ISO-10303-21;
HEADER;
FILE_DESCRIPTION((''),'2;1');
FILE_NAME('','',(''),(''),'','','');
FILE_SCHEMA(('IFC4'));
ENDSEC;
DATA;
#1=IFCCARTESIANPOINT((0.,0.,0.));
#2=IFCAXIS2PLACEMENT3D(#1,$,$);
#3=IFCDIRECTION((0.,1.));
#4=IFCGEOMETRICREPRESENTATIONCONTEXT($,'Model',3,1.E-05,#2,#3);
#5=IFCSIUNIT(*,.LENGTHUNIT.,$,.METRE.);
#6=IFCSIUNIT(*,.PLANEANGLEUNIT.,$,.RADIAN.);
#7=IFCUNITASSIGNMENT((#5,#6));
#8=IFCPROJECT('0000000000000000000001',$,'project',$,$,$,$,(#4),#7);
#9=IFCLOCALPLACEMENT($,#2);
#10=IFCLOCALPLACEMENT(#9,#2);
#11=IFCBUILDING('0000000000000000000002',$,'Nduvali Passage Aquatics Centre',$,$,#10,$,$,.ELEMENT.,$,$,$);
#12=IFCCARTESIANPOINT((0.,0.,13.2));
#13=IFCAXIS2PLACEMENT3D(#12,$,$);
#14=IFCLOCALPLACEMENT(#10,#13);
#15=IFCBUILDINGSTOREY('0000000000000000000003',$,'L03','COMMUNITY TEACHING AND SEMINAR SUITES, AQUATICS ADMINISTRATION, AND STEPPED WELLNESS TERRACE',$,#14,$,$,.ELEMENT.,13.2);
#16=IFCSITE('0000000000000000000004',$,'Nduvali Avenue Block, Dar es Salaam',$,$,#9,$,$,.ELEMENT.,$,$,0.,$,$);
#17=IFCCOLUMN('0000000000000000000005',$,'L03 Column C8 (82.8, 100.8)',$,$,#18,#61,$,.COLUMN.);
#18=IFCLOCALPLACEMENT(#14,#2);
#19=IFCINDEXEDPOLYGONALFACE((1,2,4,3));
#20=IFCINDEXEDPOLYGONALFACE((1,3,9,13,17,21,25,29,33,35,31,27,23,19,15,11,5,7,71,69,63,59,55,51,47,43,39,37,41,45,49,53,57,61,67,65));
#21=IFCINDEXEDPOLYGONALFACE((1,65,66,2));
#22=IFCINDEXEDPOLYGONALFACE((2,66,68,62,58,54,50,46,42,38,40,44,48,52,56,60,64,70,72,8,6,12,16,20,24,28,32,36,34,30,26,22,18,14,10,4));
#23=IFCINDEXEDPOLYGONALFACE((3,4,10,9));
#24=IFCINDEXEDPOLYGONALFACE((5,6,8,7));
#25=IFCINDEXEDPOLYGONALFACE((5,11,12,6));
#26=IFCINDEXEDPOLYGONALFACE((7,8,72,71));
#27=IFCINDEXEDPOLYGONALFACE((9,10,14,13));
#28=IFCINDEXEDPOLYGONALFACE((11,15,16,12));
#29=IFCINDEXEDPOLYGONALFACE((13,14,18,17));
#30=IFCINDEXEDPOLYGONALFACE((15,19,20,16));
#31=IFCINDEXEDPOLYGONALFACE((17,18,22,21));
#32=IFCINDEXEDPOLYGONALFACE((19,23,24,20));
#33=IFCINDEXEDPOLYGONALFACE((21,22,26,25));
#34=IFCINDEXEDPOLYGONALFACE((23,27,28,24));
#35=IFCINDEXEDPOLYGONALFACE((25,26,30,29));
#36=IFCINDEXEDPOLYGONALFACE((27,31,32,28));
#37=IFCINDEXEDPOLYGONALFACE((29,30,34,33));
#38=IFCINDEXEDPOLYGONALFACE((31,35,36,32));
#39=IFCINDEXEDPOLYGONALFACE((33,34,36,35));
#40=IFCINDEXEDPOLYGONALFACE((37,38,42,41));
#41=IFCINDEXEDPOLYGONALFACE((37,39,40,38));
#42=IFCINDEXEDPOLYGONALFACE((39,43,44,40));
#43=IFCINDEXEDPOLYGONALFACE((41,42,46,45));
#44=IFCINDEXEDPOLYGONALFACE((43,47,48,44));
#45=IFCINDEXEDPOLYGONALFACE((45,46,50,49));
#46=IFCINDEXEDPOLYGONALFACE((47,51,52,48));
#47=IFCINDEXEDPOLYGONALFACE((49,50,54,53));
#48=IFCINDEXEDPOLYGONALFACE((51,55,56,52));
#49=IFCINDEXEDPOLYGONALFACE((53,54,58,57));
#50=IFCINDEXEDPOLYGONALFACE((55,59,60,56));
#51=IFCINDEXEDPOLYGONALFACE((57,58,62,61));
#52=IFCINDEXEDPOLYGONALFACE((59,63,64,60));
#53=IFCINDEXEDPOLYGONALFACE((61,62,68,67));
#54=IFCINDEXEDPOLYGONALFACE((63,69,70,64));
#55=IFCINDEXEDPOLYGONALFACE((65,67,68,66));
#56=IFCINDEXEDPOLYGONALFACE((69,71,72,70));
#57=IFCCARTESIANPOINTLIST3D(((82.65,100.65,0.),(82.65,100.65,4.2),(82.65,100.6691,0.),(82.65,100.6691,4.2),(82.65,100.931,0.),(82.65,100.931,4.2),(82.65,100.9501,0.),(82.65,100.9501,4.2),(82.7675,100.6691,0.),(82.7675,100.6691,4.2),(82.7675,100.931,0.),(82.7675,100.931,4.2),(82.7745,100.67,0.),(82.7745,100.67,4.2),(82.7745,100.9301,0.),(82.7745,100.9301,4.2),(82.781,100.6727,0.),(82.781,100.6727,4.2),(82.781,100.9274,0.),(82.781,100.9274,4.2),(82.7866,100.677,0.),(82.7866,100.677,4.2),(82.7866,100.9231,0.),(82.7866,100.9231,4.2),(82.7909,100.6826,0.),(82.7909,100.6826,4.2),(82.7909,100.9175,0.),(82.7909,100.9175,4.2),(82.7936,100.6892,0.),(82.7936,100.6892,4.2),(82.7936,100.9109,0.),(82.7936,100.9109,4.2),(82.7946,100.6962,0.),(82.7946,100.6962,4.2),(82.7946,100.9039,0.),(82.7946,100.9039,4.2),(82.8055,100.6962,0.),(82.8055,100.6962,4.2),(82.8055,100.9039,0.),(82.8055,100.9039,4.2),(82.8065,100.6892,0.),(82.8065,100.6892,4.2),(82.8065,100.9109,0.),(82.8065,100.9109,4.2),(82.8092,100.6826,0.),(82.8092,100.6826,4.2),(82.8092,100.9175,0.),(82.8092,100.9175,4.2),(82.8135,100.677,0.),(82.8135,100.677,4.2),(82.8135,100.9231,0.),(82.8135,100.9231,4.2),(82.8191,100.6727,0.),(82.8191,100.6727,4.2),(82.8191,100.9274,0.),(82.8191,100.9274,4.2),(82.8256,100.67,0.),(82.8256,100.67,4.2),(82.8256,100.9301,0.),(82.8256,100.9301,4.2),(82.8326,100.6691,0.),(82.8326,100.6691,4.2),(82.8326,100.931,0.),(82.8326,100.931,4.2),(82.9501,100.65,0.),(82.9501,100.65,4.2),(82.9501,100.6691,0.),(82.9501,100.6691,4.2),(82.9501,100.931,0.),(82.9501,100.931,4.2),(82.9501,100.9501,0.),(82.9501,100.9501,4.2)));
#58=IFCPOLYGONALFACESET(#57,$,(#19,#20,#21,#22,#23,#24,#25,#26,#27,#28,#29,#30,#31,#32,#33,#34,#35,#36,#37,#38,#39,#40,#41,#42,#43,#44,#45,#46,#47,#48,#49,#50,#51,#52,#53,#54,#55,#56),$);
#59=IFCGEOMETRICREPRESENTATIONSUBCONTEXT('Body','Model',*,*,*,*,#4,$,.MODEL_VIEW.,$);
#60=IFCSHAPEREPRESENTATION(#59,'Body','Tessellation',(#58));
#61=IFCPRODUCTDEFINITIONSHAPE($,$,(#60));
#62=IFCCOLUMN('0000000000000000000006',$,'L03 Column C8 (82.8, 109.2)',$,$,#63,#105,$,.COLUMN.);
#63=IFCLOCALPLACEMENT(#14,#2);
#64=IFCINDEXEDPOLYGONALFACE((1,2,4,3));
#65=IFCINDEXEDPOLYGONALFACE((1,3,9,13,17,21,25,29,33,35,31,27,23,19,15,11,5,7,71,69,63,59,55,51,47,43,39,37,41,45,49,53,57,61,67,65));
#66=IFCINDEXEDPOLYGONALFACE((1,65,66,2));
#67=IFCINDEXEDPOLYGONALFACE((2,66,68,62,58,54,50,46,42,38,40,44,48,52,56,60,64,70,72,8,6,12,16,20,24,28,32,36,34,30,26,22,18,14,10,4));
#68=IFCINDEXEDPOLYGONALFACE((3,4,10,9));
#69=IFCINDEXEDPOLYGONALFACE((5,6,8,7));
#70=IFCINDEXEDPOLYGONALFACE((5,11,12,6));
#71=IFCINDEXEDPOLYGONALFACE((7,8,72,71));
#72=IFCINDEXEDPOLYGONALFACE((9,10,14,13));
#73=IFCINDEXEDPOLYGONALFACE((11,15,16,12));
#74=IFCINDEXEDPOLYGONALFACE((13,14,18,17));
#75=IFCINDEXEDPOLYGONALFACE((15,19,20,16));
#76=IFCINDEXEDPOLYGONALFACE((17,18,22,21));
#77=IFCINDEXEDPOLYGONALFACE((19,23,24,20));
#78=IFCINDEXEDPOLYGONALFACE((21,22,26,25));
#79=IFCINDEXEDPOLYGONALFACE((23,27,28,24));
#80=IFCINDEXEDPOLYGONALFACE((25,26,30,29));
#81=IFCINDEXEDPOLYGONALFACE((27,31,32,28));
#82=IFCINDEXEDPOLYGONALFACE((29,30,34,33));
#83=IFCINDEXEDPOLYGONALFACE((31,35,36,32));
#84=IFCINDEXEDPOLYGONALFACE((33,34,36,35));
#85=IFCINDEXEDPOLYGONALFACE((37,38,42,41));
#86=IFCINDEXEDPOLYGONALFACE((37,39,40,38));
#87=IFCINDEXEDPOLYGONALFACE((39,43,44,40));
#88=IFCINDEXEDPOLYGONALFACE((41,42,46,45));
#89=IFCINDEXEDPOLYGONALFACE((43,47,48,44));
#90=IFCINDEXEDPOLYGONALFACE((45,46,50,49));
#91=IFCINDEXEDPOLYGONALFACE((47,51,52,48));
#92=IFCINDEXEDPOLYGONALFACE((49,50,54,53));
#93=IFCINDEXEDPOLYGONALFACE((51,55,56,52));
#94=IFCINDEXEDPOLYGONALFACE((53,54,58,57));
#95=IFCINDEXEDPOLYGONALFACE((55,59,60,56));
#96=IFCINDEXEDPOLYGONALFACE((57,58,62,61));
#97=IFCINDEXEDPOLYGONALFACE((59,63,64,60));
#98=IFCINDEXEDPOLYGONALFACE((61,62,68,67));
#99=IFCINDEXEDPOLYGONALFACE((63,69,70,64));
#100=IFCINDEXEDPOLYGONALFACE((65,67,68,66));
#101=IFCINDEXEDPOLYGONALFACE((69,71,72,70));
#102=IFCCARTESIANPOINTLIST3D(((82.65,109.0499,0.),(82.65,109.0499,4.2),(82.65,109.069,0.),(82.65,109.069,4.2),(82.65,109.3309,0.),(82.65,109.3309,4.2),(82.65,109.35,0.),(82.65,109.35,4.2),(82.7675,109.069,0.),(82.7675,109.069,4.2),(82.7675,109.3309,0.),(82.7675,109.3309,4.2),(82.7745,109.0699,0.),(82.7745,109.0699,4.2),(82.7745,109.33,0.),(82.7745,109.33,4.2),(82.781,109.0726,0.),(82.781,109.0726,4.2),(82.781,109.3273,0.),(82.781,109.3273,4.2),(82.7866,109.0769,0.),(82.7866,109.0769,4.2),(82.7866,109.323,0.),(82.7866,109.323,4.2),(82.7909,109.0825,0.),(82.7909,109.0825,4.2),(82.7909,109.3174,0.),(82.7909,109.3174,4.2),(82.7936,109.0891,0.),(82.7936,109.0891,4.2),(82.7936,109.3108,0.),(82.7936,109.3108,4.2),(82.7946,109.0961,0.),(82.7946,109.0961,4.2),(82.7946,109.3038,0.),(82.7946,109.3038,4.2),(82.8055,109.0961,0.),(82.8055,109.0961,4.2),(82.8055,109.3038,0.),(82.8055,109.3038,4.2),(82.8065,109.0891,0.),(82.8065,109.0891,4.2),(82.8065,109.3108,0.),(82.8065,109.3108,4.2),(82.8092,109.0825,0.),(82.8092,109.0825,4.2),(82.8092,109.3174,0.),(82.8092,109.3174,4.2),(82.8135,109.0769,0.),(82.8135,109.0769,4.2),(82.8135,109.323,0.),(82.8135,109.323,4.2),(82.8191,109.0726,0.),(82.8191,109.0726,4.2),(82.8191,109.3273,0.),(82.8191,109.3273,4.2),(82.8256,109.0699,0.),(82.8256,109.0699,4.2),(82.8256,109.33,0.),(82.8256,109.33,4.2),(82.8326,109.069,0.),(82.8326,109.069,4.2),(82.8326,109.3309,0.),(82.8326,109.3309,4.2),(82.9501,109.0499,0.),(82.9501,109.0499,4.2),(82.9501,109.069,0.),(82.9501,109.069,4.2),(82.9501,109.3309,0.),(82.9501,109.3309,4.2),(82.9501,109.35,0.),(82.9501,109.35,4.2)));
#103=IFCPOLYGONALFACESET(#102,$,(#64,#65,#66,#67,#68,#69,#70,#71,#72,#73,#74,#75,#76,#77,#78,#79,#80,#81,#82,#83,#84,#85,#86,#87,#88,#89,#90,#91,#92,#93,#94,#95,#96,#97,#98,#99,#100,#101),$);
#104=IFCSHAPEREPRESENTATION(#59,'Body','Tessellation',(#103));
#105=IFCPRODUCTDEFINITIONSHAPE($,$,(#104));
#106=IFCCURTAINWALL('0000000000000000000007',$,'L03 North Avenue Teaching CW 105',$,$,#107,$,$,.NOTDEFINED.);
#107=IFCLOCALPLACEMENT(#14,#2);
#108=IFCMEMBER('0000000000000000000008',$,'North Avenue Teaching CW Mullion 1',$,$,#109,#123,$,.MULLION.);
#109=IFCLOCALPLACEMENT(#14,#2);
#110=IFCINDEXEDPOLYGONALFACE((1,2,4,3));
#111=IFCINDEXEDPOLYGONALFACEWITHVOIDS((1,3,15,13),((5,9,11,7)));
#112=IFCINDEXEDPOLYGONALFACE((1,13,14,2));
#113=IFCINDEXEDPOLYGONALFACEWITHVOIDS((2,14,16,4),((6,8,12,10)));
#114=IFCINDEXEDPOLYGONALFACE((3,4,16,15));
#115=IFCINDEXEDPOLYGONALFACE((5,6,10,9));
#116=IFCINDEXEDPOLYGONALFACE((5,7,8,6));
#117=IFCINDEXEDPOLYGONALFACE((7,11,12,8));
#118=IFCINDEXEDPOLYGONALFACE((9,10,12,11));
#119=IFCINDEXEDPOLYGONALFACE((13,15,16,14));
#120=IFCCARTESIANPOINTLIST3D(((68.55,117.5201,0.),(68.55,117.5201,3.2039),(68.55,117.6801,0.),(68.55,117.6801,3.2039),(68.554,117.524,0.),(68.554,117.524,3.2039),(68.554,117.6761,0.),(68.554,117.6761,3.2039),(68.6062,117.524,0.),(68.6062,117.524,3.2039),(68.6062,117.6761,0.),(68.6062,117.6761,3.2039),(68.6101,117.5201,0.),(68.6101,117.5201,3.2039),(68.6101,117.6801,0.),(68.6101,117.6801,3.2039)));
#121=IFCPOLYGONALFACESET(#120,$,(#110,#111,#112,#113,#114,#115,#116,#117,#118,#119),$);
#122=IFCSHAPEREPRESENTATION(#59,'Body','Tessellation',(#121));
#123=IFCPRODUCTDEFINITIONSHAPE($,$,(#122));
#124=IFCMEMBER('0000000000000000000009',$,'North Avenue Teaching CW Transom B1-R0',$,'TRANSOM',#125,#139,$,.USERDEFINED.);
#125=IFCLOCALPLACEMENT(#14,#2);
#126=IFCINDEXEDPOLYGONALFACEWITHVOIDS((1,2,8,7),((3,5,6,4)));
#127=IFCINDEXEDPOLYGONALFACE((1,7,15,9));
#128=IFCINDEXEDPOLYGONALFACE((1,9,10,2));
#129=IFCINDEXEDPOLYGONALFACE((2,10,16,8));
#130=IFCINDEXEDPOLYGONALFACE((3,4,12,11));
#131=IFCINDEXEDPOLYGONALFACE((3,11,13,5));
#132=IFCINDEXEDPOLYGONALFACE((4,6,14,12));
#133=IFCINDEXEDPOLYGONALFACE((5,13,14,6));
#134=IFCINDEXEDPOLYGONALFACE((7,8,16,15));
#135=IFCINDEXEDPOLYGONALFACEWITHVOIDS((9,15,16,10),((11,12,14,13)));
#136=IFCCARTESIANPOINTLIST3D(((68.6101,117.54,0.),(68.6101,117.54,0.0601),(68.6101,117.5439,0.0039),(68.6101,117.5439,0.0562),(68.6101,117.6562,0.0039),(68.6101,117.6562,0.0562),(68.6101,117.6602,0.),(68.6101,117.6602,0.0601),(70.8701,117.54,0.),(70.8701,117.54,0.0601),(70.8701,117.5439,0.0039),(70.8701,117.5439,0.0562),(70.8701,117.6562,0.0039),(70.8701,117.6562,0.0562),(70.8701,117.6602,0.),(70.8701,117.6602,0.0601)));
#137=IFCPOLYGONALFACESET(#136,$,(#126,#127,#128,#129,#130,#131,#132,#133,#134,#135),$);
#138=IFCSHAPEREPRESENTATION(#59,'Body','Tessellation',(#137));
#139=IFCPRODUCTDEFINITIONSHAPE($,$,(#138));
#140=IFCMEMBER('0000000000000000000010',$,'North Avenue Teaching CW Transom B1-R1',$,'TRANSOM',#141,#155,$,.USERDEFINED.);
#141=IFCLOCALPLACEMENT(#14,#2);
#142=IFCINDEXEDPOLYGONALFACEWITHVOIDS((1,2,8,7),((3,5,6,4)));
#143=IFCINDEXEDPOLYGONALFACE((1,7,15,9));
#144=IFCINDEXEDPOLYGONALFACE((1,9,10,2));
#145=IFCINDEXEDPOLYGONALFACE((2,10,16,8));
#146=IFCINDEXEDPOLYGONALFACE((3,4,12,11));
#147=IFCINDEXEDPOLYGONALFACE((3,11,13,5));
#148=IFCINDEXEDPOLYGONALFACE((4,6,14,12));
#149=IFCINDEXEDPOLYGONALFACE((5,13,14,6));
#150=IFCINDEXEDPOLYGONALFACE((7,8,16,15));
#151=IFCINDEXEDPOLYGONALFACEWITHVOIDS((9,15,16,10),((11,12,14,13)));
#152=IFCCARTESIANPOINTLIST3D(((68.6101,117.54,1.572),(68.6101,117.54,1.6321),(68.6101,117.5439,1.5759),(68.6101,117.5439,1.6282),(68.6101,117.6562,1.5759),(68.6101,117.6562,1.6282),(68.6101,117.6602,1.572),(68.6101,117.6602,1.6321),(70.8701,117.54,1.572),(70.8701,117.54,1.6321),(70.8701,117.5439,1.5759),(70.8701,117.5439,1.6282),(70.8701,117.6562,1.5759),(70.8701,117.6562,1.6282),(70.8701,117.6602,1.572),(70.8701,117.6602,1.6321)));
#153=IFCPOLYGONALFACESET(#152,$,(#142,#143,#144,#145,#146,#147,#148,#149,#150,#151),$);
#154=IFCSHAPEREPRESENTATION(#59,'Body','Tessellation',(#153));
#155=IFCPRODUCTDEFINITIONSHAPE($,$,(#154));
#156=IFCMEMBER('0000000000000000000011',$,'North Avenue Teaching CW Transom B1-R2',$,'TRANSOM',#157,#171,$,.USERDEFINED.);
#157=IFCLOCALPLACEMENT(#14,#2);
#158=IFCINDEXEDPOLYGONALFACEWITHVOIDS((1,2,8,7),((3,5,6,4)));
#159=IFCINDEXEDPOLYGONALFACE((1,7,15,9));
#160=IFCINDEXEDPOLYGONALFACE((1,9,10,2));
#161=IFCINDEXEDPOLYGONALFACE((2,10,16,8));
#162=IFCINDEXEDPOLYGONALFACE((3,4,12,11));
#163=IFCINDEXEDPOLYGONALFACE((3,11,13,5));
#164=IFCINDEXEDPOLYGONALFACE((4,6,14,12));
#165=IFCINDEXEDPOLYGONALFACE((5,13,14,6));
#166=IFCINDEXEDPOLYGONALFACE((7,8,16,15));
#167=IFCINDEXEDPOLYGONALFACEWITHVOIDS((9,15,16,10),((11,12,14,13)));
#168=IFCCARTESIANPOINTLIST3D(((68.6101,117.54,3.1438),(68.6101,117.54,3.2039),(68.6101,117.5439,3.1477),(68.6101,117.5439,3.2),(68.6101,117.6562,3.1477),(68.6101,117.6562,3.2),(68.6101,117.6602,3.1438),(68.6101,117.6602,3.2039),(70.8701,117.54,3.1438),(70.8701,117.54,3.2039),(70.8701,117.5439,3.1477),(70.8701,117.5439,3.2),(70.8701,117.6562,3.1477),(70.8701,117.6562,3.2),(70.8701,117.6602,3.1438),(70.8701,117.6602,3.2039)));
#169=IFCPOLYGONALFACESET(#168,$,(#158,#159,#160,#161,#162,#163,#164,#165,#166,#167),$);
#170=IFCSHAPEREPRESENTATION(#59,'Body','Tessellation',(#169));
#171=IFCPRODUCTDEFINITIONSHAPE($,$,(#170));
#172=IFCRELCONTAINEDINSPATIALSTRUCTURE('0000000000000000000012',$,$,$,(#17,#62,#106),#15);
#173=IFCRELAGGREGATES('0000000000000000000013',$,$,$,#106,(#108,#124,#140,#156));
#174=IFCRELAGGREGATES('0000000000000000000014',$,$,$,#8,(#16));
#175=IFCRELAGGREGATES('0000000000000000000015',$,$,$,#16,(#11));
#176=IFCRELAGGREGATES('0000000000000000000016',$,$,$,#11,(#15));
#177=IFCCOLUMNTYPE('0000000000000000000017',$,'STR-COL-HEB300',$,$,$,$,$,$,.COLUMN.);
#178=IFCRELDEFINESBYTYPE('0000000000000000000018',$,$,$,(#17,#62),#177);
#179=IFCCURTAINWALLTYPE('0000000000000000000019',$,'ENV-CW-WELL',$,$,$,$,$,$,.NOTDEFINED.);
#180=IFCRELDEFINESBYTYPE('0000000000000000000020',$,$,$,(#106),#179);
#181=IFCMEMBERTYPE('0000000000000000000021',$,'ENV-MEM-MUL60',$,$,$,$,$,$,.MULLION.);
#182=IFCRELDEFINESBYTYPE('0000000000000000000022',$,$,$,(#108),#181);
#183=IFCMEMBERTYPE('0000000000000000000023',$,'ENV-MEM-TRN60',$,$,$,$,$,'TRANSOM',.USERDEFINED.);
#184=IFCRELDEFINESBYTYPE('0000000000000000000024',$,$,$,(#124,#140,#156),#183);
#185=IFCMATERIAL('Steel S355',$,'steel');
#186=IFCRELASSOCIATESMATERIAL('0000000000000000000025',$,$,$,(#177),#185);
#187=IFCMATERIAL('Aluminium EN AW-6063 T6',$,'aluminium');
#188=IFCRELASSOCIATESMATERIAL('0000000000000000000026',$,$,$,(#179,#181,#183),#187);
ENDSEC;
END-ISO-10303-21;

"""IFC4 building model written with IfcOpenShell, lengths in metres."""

from ifc_helpers import new_model, si_unit, direction, frame, origin, origin_2d, place, context, subcontext, project, spatial, hollow_rectangle, i_section, extrude, material, material_profile, profile_set, type_object, element, aggregate, save


model = new_model("IFC4")

# Units and contexts
model_context = context("Model", 3, precision=1e-05, world=origin(), true_north=direction((0.0, 1.0)))
body_context = subcontext(model_context, "Body", "Model", "MODEL_VIEW")
ifc_project = project(units=[si_unit("LENGTHUNIT", "METRE"), si_unit("PLANEANGLEUNIT", "RADIAN")], contexts=[model_context])

# Site, building, storey
site_placement = place(None, origin())
site = spatial("IfcSite", under=ifc_project, at=site_placement, Name="Nduvali Avenue Block, Dar es Salaam", CompositionType="ELEMENT", RefElevation=0.0)
building_placement = place(site_placement, origin())
building = spatial("IfcBuilding", under=site, at=building_placement, Name="Nduvali Passage Aquatics Centre", CompositionType="ELEMENT")
storey_placement = place(building_placement, frame((0.0, 0.0, 13.2)))
storey = spatial("IfcBuildingStorey", under=building, at=storey_placement, Name="L03", Description="COMMUNITY TEACHING AND SEMINAR SUITES, AQUATICS ADMINISTRATION, AND STEPPED WELLNESS TERRACE", CompositionType="ELEMENT", Elevation=13.2)

# Columns
ifc_material_1 = material(Name="Steel S355", Category="steel")
ifc_material_profile_1 = material_profile(ifc_material_1, i_section(OverallWidth=0.3, OverallDepth=0.3, WebThickness=0.011, FlangeThickness=0.019, FilletRadius=0.0271, at=origin_2d()), Name="HEB 300")
ifc_profile_set_1 = profile_set([ifc_material_profile_1], Name="Steel S355")
column_type = type_object("IfcColumnType", Name="STR-COL-HEB300", PredefinedType="COLUMN", material=ifc_profile_set_1)
for number, where, z_axis, x_axis, name in (
    (1, (82.8, 100.8, 0.0), (0.0, 0.0, 1.0), (1.0, 0.0, 0.0), "L03 Column C8 (82.8, 100.8)"),
    (2, (82.8, 109.2, 0.0), (0.0, 0.0, 1.0), (1.0, 0.0, 0.0), "L03 Column C8 (82.8, 109.2)"),
):
    element("IfcColumn", number, at=place(storey_placement, frame(where, z_axis=z_axis, x_axis=x_axis)), inside=storey, type_object=column_type, Name=name, PredefinedType="COLUMN", context=body_context, shape_type="SweptSolid", body=[
        extrude(i_section(OverallWidth=0.3, OverallDepth=0.3, WebThickness=0.011, FlangeThickness=0.019, FilletRadius=0.0271, at=origin_2d()), origin(), (0.0, 0.0, 1.0), 4.2),
    ])

# Curtain wall, members
ifc_material_2 = material(Name="Aluminium EN AW-6063 T6", Category="aluminium")
curtain_wall_type = type_object("IfcCurtainWallType", Name="ENV-CW-WELL", PredefinedType="NOTDEFINED", material=ifc_material_2)
curtain_wall_placement = place(storey_placement, origin())
curtain_wall = element("IfcCurtainWall", 3, at=curtain_wall_placement, inside=storey, type_object=curtain_wall_type, Name="L03 North Avenue Teaching CW 105", PredefinedType="NOTDEFINED")
ifc_material_profile_2 = material_profile(ifc_material_2, hollow_rectangle(XDim=0.0601, YDim=0.1599, WallThickness=0.0039, at=origin_2d()), Name="ALU MULLION 60x160x4")
ifc_profile_set_2 = profile_set([ifc_material_profile_2], Name="Aluminium EN AW-6063 T6")
member_type_1 = type_object("IfcMemberType", Name="ENV-MEM-MUL60", PredefinedType="MULLION", material=ifc_profile_set_2)
member_1_placement = place(storey_placement, frame((68.5801, 117.6001, 0.0), z_axis=(0.0, 0.0, 1.0), x_axis=(1.0, 0.0, 0.0)))
member_1 = element("IfcMember", 4, at=member_1_placement, type_object=member_type_1, Name="North Avenue Teaching CW Mullion 1", PredefinedType="MULLION", context=body_context, shape_type="SweptSolid", body=[
    extrude(hollow_rectangle(XDim=0.0601, YDim=0.1599, WallThickness=0.0039, at=origin_2d()), origin(), (0.0, 0.0, 1.0), 3.2039),
])
ifc_material_profile_3 = material_profile(ifc_material_2, hollow_rectangle(XDim=0.1201, YDim=0.0601, WallThickness=0.0039, at=origin_2d()), Name="ALU TRANSOM 120x60x4")
ifc_profile_set_3 = profile_set([ifc_material_profile_3], Name="Aluminium EN AW-6063 T6")
member_type_2 = type_object("IfcMemberType", Name="ENV-MEM-TRN60", ElementType="TRANSOM", PredefinedType="USERDEFINED", material=ifc_profile_set_3)
member_2_placement = place(storey_placement, frame((68.6101, 117.6001, 0.03), z_axis=(1.0, 0.0, 0.0), x_axis=(0.0, 1.0, 0.0)))
member_2 = element("IfcMember", 5, at=member_2_placement, type_object=member_type_2, Name="North Avenue Teaching CW Transom B1-R0", ObjectType="TRANSOM", PredefinedType="USERDEFINED", context=body_context, shape_type="SweptSolid", body=[
    extrude(hollow_rectangle(XDim=0.1201, YDim=0.0601, WallThickness=0.0039, at=origin_2d()), origin(), (0.0, 0.0, 1.0), 2.26),
])
member_3_placement = place(storey_placement, frame((68.6101, 117.6001, 1.6021), z_axis=(1.0, 0.0, 0.0), x_axis=(0.0, 1.0, 0.0)))
member_3 = element("IfcMember", 6, at=member_3_placement, type_object=member_type_2, Name="North Avenue Teaching CW Transom B1-R1", ObjectType="TRANSOM", PredefinedType="USERDEFINED", context=body_context, shape_type="SweptSolid", body=[
    extrude(hollow_rectangle(XDim=0.1201, YDim=0.0601, WallThickness=0.0039, at=origin_2d()), origin(), (0.0, 0.0, 1.0), 2.26),
])
member_4_placement = place(storey_placement, frame((68.6101, 117.6001, 3.1738), z_axis=(1.0, 0.0, 0.0), x_axis=(0.0, 1.0, 0.0)))
member_4 = element("IfcMember", 7, at=member_4_placement, type_object=member_type_2, Name="North Avenue Teaching CW Transom B1-R2", ObjectType="TRANSOM", PredefinedType="USERDEFINED", context=body_context, shape_type="SweptSolid", body=[
    extrude(hollow_rectangle(XDim=0.1201, YDim=0.0601, WallThickness=0.0039, at=origin_2d()), origin(), (0.0, 0.0, 1.0), 2.26),
])

aggregate(curtain_wall, [member_1, member_2, member_3, member_4])

save(model, "model.ifc")
